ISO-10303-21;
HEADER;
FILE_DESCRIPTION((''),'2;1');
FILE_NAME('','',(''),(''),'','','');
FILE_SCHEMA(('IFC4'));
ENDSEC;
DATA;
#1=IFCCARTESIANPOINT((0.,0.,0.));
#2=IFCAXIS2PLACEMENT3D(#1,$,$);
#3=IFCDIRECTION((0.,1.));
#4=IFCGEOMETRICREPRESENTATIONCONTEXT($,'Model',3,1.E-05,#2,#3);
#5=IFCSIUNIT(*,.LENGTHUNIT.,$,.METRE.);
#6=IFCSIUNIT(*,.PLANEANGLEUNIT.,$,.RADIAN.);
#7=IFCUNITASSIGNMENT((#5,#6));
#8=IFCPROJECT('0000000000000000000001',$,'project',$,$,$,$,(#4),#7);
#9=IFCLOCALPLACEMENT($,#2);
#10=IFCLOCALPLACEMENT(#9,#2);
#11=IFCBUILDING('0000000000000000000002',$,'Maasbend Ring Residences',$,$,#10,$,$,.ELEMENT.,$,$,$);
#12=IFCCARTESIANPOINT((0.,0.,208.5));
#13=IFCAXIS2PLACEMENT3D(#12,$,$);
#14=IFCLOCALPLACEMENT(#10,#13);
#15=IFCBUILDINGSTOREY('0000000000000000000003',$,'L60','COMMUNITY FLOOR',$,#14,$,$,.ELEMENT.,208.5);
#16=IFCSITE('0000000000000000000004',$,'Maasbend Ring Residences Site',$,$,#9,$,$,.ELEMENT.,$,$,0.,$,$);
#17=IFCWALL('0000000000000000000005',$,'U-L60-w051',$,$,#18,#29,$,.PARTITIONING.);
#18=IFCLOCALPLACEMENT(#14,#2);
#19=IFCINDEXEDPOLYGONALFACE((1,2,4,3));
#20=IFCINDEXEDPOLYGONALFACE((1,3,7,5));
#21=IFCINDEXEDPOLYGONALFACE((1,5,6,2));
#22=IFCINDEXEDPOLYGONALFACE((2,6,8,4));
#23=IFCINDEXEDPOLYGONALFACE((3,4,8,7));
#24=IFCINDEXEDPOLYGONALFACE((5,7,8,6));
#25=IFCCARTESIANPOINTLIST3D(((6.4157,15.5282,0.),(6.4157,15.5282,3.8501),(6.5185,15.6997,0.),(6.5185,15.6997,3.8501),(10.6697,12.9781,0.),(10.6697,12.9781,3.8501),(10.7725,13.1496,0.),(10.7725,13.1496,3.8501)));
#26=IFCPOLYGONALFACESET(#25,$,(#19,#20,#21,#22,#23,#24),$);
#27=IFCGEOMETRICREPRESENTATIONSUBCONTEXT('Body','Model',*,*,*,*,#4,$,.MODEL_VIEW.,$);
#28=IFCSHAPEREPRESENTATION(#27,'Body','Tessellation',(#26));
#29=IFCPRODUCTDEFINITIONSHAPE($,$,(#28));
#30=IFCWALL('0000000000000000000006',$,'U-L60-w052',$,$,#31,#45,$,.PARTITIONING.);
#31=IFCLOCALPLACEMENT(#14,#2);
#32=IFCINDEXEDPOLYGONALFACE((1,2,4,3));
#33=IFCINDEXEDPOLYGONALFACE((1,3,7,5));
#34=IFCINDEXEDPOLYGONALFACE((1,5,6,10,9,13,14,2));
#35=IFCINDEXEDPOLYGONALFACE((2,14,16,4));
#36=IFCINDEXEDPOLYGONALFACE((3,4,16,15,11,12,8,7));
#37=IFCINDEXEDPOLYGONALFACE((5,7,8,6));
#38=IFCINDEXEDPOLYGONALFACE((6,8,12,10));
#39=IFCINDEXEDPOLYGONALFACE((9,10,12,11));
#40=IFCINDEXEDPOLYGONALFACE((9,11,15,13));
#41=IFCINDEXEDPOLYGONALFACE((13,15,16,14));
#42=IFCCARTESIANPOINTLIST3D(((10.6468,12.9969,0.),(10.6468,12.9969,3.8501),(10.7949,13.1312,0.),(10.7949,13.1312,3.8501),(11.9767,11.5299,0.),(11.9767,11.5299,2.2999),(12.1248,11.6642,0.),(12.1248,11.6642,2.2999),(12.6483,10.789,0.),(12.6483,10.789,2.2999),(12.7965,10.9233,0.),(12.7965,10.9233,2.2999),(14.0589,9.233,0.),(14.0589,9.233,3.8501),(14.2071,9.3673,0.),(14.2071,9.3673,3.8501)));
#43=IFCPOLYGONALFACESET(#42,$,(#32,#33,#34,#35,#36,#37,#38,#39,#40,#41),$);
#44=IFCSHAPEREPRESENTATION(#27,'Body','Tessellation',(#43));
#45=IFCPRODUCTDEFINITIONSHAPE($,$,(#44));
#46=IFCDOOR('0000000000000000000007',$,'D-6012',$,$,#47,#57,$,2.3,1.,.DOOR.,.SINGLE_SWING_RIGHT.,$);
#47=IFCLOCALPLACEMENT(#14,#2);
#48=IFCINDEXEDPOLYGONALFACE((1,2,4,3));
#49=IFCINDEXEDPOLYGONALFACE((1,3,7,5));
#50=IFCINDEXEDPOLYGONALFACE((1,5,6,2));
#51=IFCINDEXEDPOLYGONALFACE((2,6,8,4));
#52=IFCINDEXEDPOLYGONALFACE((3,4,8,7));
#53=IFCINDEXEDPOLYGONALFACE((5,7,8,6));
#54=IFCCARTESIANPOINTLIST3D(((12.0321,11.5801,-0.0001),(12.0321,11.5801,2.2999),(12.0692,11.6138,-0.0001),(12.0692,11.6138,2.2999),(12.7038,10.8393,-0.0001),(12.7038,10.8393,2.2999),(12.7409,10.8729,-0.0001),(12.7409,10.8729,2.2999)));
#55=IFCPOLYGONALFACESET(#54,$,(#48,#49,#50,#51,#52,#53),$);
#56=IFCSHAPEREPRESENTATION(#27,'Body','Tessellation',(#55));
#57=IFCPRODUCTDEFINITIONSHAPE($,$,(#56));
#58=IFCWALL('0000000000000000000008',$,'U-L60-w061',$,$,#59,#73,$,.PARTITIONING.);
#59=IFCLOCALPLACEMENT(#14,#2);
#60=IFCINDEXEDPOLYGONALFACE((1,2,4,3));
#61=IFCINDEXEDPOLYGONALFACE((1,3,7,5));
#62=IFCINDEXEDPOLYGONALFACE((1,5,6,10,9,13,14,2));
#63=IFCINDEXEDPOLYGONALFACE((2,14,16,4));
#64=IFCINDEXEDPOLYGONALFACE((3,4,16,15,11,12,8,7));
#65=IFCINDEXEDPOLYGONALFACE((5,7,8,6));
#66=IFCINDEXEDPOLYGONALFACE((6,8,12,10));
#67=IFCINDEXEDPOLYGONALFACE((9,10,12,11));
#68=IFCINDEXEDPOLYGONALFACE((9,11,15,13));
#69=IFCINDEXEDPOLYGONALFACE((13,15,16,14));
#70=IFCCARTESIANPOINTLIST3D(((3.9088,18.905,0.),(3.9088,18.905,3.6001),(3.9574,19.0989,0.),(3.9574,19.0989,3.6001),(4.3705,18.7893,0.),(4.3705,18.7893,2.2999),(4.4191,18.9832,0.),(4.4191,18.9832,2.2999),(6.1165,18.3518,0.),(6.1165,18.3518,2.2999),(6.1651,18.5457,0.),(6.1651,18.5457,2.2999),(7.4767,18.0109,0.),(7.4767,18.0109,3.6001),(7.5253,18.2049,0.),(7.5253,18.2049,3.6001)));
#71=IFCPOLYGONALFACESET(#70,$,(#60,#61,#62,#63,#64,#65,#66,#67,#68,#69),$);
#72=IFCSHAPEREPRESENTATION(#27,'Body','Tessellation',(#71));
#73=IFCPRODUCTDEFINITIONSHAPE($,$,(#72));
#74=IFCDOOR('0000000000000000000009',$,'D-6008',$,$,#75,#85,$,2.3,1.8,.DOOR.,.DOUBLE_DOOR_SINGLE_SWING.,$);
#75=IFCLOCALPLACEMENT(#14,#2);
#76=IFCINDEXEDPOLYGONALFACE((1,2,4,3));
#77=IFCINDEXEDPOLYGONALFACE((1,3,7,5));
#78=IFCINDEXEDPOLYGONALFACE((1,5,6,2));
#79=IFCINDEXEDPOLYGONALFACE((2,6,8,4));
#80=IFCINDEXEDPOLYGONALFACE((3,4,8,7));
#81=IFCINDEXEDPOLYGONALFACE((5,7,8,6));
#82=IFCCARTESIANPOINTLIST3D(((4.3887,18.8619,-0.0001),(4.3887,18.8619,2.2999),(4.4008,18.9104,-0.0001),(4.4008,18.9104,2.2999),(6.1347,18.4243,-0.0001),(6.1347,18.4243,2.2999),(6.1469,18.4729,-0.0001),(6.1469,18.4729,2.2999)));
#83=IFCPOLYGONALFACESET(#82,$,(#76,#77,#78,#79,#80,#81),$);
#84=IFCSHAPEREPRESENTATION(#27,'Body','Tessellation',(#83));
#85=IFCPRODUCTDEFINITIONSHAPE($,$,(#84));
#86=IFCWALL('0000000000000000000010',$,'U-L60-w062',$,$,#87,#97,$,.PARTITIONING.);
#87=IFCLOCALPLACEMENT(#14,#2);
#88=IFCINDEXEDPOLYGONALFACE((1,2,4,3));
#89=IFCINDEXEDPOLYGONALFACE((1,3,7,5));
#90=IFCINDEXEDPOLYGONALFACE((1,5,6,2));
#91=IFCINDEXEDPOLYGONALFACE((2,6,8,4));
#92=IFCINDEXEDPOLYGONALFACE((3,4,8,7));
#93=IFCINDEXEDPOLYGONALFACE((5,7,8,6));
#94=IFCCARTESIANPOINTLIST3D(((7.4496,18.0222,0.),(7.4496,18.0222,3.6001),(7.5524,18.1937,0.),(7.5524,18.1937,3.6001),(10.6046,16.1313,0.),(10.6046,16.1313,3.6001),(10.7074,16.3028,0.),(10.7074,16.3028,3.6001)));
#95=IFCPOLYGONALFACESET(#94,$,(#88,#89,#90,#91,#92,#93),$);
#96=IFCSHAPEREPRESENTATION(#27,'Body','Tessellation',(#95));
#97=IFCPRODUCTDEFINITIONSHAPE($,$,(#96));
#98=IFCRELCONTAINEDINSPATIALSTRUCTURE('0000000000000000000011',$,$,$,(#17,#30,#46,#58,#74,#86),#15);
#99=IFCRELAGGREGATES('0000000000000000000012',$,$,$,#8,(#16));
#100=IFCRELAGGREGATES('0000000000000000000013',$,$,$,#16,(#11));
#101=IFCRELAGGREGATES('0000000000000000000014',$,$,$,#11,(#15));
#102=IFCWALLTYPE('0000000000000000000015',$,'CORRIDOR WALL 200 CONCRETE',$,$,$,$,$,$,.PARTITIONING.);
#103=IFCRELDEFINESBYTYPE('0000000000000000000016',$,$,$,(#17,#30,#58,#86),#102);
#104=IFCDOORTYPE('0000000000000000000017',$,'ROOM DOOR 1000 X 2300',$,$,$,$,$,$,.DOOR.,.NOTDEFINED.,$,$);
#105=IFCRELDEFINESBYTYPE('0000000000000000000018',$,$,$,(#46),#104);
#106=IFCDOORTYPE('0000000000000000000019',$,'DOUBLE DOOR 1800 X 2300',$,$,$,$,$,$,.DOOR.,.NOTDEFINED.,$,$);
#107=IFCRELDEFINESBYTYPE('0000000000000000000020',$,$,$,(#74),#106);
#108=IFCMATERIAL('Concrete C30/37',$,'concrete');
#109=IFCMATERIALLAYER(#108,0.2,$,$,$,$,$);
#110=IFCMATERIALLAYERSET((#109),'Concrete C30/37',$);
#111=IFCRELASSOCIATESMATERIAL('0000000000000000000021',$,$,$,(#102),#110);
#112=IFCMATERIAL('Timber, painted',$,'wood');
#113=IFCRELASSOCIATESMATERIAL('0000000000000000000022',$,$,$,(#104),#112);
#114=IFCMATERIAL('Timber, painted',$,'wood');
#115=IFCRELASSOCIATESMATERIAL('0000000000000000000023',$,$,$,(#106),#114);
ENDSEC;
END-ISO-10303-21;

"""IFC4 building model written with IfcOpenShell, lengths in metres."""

from ifc_helpers import new_model, si_unit, direction, frame, frame_2d, origin, place, context, subcontext, project, spatial, rectangle, extrude, material, layer, layer_set, type_object, element, fill, save


model = new_model("IFC4")

# Units and contexts
model_context = context("Model", 3, precision=1e-05, world=origin(), true_north=direction((0.0, 1.0)))
body_context = subcontext(model_context, "Body", "Model", "MODEL_VIEW")
ifc_project = project(units=[si_unit("LENGTHUNIT", "METRE"), si_unit("PLANEANGLEUNIT", "RADIAN")], contexts=[model_context])

# Site, building, storey
site_placement = place(None, origin())
site = spatial("IfcSite", under=ifc_project, at=site_placement, Name="Maasbend Ring Residences Site", CompositionType="ELEMENT", RefElevation=0.0)
building_placement = place(site_placement, origin())
building = spatial("IfcBuilding", under=site, at=building_placement, Name="Maasbend Ring Residences", CompositionType="ELEMENT")
storey_placement = place(building_placement, frame((0.0, 0.0, 208.5)))
storey = spatial("IfcBuildingStorey", under=building, at=storey_placement, Name="L60", Description="COMMUNITY FLOOR", CompositionType="ELEMENT", Elevation=208.5)

# Shared definitions
ifc_material_1 = material(Name="Concrete C30/37", Category="concrete")
ifc_layer_1 = layer(ifc_material_1, 0.2)
ifc_layer_set_1 = layer_set([ifc_layer_1], Name="Concrete C30/37")
wall_type = type_object("IfcWallType", Name="CORRIDOR WALL 200 CONCRETE", PredefinedType="PARTITIONING", material=ifc_layer_set_1)
ifc_material_2 = material(Name="Timber, painted", Category="wood")
door_type_1 = type_object("IfcDoorType", Name="ROOM DOOR 1000 X 2300", OperationType="NOTDEFINED", PredefinedType="DOOR", material=ifc_material_2)

# Wall
wall_1_placement = place(storey_placement, frame((6.467, 15.614, 0.0), z_axis=(0.0, 0.0, 1.0), x_axis=(0.857697, -0.514155, 0.0)))
element("IfcWall", 1, at=wall_1_placement, inside=storey, type_object=wall_type, Name="U-L60-w051", PredefinedType="PARTITIONING", context=body_context, shape_type="SweptSolid", body=[
    extrude(rectangle(XDim=4.9597, YDim=0.2, at=frame_2d((2.48, 0.0))), origin(), (0.0, 0.0, 1.0), 3.8501),
])

# Walls, openings, doors
wall_2_placement = place(storey_placement, frame((10.7209, 13.064, 0.0), z_axis=(0.0, 0.0, 1.0), x_axis=(0.671634, -0.740883, 0.0)))
wall_2 = element("IfcWall", 2, at=wall_2_placement, inside=storey, type_object=wall_type, Name="U-L60-w052", PredefinedType="PARTITIONING", context=body_context, shape_type="SweptSolid", body=[
    extrude(rectangle(XDim=5.0803, YDim=0.2, at=frame_2d((2.54, 0.0))), origin(), (0.0, 0.0, 1.0), 3.8501),
])
opening_1_placement = place(wall_2_placement, frame((1.98, 0.0, 0.0)))
opening_1 = element("IfcOpeningElement", 3, at=opening_1_placement, cuts=wall_2, PredefinedType="OPENING", context=body_context, shape_type="SweptSolid", body=[
    extrude(rectangle(XDim=1.0, YDim=2.3, at=frame_2d((0.5, 1.1499))), frame((0.0, 0.1099, 0.0), z_axis=(0.0, -1.0, 0.0), x_axis=(1.0, 0.0, 0.0)), (0.0, 0.0, 1.0), 0.22),
])
door_1_placement = place(opening_1_placement, origin())
door_1 = element("IfcDoor", 4, at=door_1_placement, inside=storey, type_object=door_type_1, Name="D-6012", OperationType="SINGLE_SWING_RIGHT", OverallHeight=2.3, OverallWidth=1.0, PredefinedType="DOOR", context=body_context, shape_type="SweptSolid", body=[
    extrude(rectangle(XDim=1.0, YDim=2.3, at=frame_2d((0.5, 1.1499))), frame((0.0, 0.0249, 0.0), z_axis=(0.0, -1.0, 0.0), x_axis=(1.0, 0.0, 0.0)), (0.0, 0.0, 1.0), 0.05),
])
fill(opening_1, door_1)
wall_3_placement = place(storey_placement, frame((3.9331, 19.002, 0.0), z_axis=(0.0, 0.0, 1.0), x_axis=(0.97001, -0.243067, 0.0)))
wall_3 = element("IfcWall", 5, at=wall_3_placement, inside=storey, type_object=wall_type, Name="U-L60-w061", PredefinedType="PARTITIONING", context=body_context, shape_type="SweptSolid", body=[
    extrude(rectangle(XDim=3.6782, YDim=0.2, at=frame_2d((1.8391, 0.0))), origin(), (0.0, 0.0, 1.0), 3.6001),
])
opening_2_placement = place(wall_3_placement, frame((0.4761, 0.0, 0.0)))
opening_2 = element("IfcOpeningElement", 6, at=opening_2_placement, cuts=wall_3, PredefinedType="OPENING", context=body_context, shape_type="SweptSolid", body=[
    extrude(rectangle(XDim=1.8, YDim=2.3, at=frame_2d((0.8999, 1.1499))), frame((0.0, 0.1099, 0.0), z_axis=(0.0, -1.0, 0.0), x_axis=(1.0, 0.0, 0.0)), (0.0, 0.0, 1.0), 0.22),
])
ifc_material_3 = material(Name="Timber, painted", Category="wood")
door_type_2 = type_object("IfcDoorType", Name="DOUBLE DOOR 1800 X 2300", OperationType="NOTDEFINED", PredefinedType="DOOR", material=ifc_material_3)
door_2_placement = place(opening_2_placement, origin())
door_2 = element("IfcDoor", 7, at=door_2_placement, inside=storey, type_object=door_type_2, Name="D-6008", OperationType="DOUBLE_DOOR_SINGLE_SWING", OverallHeight=2.3, OverallWidth=1.8, PredefinedType="DOOR", context=body_context, shape_type="SweptSolid", body=[
    extrude(rectangle(XDim=1.8, YDim=2.3, at=frame_2d((0.8999, 1.1499))), frame((0.0, 0.0249, 0.0), z_axis=(0.0, -1.0, 0.0), x_axis=(1.0, 0.0, 0.0)), (0.0, 0.0, 1.0), 0.05),
])
fill(opening_2, door_2)

# Wall
wall_4_placement = place(storey_placement, frame((7.501, 18.1079, 0.0), z_axis=(0.0, 0.0, 1.0), x_axis=(0.857751, -0.514066, 0.0)))
element("IfcWall", 8, at=wall_4_placement, inside=storey, type_object=wall_type, Name="U-L60-w062", PredefinedType="PARTITIONING", context=body_context, shape_type="SweptSolid", body=[
    extrude(rectangle(XDim=3.6782, YDim=0.2, at=frame_2d((1.8391, 0.0))), origin(), (0.0, 0.0, 1.0), 3.6001),
])

save(model, "model.ifc")
